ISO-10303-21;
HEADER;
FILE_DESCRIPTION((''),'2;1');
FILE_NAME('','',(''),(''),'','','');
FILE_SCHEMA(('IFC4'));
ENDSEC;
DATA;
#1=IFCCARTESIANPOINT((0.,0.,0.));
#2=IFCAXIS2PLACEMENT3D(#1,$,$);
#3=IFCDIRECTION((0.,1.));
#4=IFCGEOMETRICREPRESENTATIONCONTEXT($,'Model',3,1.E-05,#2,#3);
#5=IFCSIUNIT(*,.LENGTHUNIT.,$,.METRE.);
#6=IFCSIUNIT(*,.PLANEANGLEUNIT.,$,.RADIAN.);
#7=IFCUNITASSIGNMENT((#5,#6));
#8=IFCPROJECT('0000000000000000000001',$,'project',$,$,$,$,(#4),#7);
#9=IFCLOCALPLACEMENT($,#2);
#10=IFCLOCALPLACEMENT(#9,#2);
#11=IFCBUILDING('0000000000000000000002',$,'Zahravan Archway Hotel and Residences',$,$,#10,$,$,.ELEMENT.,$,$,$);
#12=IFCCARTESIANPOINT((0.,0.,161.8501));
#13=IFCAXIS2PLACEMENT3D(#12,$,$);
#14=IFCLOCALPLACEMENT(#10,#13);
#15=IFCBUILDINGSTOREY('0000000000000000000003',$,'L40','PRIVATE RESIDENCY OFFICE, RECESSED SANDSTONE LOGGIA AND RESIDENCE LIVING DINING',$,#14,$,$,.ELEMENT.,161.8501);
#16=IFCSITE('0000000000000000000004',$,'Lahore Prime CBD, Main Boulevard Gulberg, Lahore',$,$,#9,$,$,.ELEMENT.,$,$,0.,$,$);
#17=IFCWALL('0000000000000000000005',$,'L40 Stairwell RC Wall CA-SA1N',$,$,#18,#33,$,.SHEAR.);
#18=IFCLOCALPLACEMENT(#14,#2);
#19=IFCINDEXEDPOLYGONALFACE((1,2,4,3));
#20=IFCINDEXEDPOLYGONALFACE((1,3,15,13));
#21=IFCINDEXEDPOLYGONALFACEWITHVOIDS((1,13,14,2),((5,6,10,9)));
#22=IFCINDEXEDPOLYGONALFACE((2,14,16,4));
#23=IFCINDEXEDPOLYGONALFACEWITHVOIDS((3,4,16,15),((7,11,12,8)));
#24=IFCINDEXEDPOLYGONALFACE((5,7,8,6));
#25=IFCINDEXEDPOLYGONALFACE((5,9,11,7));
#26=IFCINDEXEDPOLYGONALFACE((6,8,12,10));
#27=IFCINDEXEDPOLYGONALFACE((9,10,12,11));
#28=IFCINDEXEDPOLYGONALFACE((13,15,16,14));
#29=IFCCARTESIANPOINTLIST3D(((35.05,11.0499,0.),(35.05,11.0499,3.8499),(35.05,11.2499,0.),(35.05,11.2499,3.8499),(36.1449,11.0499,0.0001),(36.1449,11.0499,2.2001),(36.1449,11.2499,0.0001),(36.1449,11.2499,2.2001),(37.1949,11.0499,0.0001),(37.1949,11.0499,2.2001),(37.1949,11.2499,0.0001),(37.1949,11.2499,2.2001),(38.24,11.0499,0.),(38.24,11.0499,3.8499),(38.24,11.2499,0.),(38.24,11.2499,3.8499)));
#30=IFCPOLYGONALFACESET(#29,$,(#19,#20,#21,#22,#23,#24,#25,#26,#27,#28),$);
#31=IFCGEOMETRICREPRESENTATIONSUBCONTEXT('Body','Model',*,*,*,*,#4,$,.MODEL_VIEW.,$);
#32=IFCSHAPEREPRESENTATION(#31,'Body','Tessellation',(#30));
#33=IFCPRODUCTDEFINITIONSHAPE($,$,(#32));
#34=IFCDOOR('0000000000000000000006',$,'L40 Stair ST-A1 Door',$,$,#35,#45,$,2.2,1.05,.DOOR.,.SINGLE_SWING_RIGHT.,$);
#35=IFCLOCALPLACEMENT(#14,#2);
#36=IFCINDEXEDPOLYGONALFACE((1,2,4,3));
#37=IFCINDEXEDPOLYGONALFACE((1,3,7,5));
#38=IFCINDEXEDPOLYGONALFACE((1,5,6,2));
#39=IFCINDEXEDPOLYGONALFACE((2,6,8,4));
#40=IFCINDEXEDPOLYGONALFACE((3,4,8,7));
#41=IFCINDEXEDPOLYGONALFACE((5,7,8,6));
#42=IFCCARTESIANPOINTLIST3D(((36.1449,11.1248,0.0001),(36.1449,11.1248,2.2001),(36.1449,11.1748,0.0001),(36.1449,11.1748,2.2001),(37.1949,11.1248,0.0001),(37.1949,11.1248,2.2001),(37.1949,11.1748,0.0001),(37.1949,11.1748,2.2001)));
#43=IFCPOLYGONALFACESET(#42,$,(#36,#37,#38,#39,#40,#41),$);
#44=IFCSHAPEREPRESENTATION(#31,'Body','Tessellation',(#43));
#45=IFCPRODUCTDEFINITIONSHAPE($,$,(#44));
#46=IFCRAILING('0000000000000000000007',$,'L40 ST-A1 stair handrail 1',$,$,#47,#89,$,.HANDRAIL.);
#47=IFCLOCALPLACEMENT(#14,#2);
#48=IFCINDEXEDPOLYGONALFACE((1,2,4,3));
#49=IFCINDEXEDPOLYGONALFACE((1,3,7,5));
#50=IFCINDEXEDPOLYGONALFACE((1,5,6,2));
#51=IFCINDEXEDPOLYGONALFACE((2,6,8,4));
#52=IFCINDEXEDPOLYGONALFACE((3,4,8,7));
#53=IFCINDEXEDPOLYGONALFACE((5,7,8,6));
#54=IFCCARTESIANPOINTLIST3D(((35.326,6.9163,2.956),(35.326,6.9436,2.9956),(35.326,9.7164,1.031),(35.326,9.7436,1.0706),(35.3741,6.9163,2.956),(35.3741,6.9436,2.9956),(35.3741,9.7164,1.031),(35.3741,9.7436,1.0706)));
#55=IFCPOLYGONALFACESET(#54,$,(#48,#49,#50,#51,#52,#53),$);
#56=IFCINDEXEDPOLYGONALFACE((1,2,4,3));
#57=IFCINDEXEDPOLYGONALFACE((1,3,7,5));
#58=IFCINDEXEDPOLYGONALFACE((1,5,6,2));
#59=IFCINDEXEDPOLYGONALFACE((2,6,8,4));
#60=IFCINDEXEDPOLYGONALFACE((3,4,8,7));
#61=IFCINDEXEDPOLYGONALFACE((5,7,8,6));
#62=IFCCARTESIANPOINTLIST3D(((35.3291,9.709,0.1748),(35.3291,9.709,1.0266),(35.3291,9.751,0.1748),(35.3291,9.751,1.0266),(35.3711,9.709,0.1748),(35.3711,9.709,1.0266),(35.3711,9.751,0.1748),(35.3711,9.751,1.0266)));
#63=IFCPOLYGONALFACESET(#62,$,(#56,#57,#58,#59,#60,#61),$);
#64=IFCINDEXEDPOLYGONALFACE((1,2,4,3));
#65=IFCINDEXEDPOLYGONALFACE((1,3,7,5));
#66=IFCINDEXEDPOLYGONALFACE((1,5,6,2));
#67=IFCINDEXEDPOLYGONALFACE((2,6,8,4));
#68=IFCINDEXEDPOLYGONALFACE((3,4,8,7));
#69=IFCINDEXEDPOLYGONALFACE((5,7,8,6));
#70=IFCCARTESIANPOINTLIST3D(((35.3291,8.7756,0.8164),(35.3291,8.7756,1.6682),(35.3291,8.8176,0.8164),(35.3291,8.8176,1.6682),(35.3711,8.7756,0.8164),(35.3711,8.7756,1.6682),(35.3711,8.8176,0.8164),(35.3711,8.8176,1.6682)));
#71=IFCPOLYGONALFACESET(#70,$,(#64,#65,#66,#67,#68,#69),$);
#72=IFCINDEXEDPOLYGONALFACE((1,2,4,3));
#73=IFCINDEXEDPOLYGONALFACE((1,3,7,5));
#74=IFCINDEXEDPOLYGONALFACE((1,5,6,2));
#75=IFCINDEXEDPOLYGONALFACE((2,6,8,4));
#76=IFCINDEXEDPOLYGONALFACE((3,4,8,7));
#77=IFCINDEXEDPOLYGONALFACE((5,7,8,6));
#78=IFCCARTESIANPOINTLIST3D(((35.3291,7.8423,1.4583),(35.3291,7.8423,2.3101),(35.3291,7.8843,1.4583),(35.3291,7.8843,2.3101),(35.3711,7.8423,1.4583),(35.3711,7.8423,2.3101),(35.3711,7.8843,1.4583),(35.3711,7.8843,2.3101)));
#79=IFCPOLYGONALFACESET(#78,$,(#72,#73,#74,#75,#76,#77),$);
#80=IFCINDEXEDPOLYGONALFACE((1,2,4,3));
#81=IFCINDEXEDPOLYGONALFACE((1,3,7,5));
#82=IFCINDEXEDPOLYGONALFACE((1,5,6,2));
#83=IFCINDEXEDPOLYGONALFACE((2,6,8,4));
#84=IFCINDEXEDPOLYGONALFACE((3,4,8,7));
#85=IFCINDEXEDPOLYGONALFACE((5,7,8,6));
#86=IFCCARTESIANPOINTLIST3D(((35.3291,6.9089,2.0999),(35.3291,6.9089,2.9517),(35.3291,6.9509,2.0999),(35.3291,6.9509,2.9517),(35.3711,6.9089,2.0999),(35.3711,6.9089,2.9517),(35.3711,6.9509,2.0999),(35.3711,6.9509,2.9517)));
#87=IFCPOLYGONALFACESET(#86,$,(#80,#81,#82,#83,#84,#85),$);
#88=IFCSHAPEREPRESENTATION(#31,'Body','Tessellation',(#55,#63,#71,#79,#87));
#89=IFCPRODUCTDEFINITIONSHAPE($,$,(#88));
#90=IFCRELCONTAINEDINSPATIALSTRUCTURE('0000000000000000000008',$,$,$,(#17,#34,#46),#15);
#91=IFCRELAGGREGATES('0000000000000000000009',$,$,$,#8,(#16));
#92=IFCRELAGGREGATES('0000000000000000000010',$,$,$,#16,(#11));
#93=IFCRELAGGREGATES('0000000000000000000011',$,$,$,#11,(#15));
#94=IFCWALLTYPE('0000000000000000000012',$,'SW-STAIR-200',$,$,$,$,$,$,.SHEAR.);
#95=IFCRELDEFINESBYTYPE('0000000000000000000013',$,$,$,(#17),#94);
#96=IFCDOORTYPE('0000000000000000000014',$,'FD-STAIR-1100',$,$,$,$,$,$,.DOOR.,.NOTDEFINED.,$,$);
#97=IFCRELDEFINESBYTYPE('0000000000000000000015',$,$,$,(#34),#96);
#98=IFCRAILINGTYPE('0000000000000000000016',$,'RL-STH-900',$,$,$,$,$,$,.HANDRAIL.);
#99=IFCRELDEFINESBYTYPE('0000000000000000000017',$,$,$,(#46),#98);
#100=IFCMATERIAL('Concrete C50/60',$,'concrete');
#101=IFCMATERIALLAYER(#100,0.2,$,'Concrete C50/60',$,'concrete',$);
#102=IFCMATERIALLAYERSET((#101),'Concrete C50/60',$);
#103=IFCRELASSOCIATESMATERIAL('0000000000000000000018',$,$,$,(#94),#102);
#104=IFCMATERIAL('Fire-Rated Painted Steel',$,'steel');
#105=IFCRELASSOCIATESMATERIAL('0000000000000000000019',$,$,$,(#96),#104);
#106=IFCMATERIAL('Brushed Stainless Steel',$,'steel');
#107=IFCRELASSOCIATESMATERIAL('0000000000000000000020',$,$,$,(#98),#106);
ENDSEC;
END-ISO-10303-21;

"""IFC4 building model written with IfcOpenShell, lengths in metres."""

from ifc_helpers import new_model, si_unit, direction, frame, frame_2d, origin, origin_2d, place, context, subcontext, project, spatial, rectangle, extrude, source, transform, mapped, material, layer, layer_set, type_object, type_shapes, element, fill, save


model = new_model("IFC4")

# Units and contexts
model_context = context("Model", 3, precision=1e-05, world=origin(), true_north=direction((0.0, 1.0)))
body_context = subcontext(model_context, "Body", "Model", "MODEL_VIEW")
ifc_project = project(units=[si_unit("LENGTHUNIT", "METRE"), si_unit("PLANEANGLEUNIT", "RADIAN")], contexts=[model_context])

# Site, building, storey
site_placement = place(None, origin())
site = spatial("IfcSite", under=ifc_project, at=site_placement, Name="Lahore Prime CBD, Main Boulevard Gulberg, Lahore", CompositionType="ELEMENT", RefElevation=0.0)
building_placement = place(site_placement, origin())
building = spatial("IfcBuilding", under=site, at=building_placement, Name="Zahravan Archway Hotel and Residences", CompositionType="ELEMENT")
storey_placement = place(building_placement, frame((0.0, 0.0, 161.8501)))
storey = spatial("IfcBuildingStorey", under=building, at=storey_placement, Name="L40", Description="PRIVATE RESIDENCY OFFICE, RECESSED SANDSTONE LOGGIA AND RESIDENCE LIVING DINING", CompositionType="ELEMENT", Elevation=161.8501)

# Shared definitions
ifc_material_1 = material(Name="Concrete C50/60", Category="concrete")
ifc_layer_1 = layer(ifc_material_1, 0.2, Name="Concrete C50/60", Category="concrete")
ifc_layer_set_1 = layer_set([ifc_layer_1], Name="Concrete C50/60")
wall_type_1 = type_object("IfcWallType", Name="SW-STAIR-200", PredefinedType="SHEAR", material=ifc_layer_set_1)

# Wall, opening, door
wall_1_placement = place(storey_placement, frame((35.05, 11.1499, 0.0), z_axis=(0.0, 0.0, 1.0), x_axis=(1.0, 0.0, 0.0)))
wall_1 = element("IfcWall", 1, at=wall_1_placement, inside=storey, type_object=wall_type_1, Name="L40 Stairwell RC Wall CA-SA1N", PredefinedType="SHEAR", context=body_context, shape_type="SweptSolid", body=[
    extrude(rectangle(XDim=3.1899, YDim=0.2, at=frame_2d((1.595, 0.0))), origin(), (0.0, 0.0, 1.0), 3.8499),
])
opening_1_placement = place(wall_1_placement, frame((1.095, 0.0, 0.0)))
opening_1 = element("IfcOpeningElement", 2, at=opening_1_placement, cuts=wall_1, PredefinedType="OPENING", context=body_context, shape_type="SweptSolid", body=[
    extrude(rectangle(XDim=1.05, YDim=2.2, at=frame_2d((0.5249, 1.1001))), frame((0.0, 0.1099, 0.0), z_axis=(0.0, -1.0, 0.0), x_axis=(1.0, 0.0, 0.0)), (0.0, 0.0, 1.0), 0.22),
])
ifc_material_2 = material(Name="Fire-Rated Painted Steel", Category="steel")
door_type_1 = type_object("IfcDoorType", Name="FD-STAIR-1100", OperationType="NOTDEFINED", PredefinedType="DOOR", material=ifc_material_2)
shared_shape_1 = source(origin(), body_context, "Body", "SweptSolid", [
    extrude(rectangle(XDim=1.05, YDim=2.2, at=frame_2d((0.5249, 1.1001))), frame((0.0, 0.0249, 0.0), z_axis=(0.0, -1.0, 0.0), x_axis=(1.0, 0.0, 0.0)), (0.0, 0.0, 1.0), 0.05),
])
type_shapes(door_type_1, [shared_shape_1])
door_1_placement = place(opening_1_placement, origin())
door_1 = element("IfcDoor", 3, at=door_1_placement, inside=storey, type_object=door_type_1, Name="L40 Stair ST-A1 Door", OperationType="SINGLE_SWING_RIGHT", OverallHeight=2.2, OverallWidth=1.05, PredefinedType="DOOR", context=body_context, shape_type="MappedRepresentation", body=[
    mapped(shared_shape_1, transform((0.0, 0.0, 0.0), scale=1.0)),
])
fill(opening_1, door_1)

# Railing
ifc_material_3 = material(Name="Brushed Stainless Steel", Category="steel")
railing_type = type_object("IfcRailingType", Name="RL-STH-900", PredefinedType="HANDRAIL", material=ifc_material_3)
railing_placement = place(storey_placement, frame((35.3501, 9.73, 0.1748)))
element("IfcRailing", 4, at=railing_placement, inside=storey, type_object=railing_type, Name="L40 ST-A1 stair handrail 1", PredefinedType="HANDRAIL", context=body_context, shape_type="SweptSolid", body=[
    extrude(rectangle(XDim=0.0481, YDim=0.0481, at=origin_2d()), frame((0.0, 0.0, 0.876), z_axis=(0.0, -0.82404, 0.566532), x_axis=(1.0, 0.0, 0.0)), (0.0, 0.0, 1.0), 3.3979),
    extrude(rectangle(XDim=0.042, YDim=0.042, at=origin_2d()), origin(), (0.0, 0.0, 1.0), 0.8518),
    extrude(rectangle(XDim=0.042, YDim=0.042, at=origin_2d()), frame((0.0, -0.9333, 0.6416)), (0.0, 0.0, 1.0), 0.8518),
    extrude(rectangle(XDim=0.042, YDim=0.042, at=origin_2d()), frame((0.0, -1.8667, 1.2834)), (0.0, 0.0, 1.0), 0.8518),
    extrude(rectangle(XDim=0.042, YDim=0.042, at=origin_2d()), frame((0.0, -2.8, 1.925)), (0.0, 0.0, 1.0), 0.8518),
])

save(model, "model.ifc")
